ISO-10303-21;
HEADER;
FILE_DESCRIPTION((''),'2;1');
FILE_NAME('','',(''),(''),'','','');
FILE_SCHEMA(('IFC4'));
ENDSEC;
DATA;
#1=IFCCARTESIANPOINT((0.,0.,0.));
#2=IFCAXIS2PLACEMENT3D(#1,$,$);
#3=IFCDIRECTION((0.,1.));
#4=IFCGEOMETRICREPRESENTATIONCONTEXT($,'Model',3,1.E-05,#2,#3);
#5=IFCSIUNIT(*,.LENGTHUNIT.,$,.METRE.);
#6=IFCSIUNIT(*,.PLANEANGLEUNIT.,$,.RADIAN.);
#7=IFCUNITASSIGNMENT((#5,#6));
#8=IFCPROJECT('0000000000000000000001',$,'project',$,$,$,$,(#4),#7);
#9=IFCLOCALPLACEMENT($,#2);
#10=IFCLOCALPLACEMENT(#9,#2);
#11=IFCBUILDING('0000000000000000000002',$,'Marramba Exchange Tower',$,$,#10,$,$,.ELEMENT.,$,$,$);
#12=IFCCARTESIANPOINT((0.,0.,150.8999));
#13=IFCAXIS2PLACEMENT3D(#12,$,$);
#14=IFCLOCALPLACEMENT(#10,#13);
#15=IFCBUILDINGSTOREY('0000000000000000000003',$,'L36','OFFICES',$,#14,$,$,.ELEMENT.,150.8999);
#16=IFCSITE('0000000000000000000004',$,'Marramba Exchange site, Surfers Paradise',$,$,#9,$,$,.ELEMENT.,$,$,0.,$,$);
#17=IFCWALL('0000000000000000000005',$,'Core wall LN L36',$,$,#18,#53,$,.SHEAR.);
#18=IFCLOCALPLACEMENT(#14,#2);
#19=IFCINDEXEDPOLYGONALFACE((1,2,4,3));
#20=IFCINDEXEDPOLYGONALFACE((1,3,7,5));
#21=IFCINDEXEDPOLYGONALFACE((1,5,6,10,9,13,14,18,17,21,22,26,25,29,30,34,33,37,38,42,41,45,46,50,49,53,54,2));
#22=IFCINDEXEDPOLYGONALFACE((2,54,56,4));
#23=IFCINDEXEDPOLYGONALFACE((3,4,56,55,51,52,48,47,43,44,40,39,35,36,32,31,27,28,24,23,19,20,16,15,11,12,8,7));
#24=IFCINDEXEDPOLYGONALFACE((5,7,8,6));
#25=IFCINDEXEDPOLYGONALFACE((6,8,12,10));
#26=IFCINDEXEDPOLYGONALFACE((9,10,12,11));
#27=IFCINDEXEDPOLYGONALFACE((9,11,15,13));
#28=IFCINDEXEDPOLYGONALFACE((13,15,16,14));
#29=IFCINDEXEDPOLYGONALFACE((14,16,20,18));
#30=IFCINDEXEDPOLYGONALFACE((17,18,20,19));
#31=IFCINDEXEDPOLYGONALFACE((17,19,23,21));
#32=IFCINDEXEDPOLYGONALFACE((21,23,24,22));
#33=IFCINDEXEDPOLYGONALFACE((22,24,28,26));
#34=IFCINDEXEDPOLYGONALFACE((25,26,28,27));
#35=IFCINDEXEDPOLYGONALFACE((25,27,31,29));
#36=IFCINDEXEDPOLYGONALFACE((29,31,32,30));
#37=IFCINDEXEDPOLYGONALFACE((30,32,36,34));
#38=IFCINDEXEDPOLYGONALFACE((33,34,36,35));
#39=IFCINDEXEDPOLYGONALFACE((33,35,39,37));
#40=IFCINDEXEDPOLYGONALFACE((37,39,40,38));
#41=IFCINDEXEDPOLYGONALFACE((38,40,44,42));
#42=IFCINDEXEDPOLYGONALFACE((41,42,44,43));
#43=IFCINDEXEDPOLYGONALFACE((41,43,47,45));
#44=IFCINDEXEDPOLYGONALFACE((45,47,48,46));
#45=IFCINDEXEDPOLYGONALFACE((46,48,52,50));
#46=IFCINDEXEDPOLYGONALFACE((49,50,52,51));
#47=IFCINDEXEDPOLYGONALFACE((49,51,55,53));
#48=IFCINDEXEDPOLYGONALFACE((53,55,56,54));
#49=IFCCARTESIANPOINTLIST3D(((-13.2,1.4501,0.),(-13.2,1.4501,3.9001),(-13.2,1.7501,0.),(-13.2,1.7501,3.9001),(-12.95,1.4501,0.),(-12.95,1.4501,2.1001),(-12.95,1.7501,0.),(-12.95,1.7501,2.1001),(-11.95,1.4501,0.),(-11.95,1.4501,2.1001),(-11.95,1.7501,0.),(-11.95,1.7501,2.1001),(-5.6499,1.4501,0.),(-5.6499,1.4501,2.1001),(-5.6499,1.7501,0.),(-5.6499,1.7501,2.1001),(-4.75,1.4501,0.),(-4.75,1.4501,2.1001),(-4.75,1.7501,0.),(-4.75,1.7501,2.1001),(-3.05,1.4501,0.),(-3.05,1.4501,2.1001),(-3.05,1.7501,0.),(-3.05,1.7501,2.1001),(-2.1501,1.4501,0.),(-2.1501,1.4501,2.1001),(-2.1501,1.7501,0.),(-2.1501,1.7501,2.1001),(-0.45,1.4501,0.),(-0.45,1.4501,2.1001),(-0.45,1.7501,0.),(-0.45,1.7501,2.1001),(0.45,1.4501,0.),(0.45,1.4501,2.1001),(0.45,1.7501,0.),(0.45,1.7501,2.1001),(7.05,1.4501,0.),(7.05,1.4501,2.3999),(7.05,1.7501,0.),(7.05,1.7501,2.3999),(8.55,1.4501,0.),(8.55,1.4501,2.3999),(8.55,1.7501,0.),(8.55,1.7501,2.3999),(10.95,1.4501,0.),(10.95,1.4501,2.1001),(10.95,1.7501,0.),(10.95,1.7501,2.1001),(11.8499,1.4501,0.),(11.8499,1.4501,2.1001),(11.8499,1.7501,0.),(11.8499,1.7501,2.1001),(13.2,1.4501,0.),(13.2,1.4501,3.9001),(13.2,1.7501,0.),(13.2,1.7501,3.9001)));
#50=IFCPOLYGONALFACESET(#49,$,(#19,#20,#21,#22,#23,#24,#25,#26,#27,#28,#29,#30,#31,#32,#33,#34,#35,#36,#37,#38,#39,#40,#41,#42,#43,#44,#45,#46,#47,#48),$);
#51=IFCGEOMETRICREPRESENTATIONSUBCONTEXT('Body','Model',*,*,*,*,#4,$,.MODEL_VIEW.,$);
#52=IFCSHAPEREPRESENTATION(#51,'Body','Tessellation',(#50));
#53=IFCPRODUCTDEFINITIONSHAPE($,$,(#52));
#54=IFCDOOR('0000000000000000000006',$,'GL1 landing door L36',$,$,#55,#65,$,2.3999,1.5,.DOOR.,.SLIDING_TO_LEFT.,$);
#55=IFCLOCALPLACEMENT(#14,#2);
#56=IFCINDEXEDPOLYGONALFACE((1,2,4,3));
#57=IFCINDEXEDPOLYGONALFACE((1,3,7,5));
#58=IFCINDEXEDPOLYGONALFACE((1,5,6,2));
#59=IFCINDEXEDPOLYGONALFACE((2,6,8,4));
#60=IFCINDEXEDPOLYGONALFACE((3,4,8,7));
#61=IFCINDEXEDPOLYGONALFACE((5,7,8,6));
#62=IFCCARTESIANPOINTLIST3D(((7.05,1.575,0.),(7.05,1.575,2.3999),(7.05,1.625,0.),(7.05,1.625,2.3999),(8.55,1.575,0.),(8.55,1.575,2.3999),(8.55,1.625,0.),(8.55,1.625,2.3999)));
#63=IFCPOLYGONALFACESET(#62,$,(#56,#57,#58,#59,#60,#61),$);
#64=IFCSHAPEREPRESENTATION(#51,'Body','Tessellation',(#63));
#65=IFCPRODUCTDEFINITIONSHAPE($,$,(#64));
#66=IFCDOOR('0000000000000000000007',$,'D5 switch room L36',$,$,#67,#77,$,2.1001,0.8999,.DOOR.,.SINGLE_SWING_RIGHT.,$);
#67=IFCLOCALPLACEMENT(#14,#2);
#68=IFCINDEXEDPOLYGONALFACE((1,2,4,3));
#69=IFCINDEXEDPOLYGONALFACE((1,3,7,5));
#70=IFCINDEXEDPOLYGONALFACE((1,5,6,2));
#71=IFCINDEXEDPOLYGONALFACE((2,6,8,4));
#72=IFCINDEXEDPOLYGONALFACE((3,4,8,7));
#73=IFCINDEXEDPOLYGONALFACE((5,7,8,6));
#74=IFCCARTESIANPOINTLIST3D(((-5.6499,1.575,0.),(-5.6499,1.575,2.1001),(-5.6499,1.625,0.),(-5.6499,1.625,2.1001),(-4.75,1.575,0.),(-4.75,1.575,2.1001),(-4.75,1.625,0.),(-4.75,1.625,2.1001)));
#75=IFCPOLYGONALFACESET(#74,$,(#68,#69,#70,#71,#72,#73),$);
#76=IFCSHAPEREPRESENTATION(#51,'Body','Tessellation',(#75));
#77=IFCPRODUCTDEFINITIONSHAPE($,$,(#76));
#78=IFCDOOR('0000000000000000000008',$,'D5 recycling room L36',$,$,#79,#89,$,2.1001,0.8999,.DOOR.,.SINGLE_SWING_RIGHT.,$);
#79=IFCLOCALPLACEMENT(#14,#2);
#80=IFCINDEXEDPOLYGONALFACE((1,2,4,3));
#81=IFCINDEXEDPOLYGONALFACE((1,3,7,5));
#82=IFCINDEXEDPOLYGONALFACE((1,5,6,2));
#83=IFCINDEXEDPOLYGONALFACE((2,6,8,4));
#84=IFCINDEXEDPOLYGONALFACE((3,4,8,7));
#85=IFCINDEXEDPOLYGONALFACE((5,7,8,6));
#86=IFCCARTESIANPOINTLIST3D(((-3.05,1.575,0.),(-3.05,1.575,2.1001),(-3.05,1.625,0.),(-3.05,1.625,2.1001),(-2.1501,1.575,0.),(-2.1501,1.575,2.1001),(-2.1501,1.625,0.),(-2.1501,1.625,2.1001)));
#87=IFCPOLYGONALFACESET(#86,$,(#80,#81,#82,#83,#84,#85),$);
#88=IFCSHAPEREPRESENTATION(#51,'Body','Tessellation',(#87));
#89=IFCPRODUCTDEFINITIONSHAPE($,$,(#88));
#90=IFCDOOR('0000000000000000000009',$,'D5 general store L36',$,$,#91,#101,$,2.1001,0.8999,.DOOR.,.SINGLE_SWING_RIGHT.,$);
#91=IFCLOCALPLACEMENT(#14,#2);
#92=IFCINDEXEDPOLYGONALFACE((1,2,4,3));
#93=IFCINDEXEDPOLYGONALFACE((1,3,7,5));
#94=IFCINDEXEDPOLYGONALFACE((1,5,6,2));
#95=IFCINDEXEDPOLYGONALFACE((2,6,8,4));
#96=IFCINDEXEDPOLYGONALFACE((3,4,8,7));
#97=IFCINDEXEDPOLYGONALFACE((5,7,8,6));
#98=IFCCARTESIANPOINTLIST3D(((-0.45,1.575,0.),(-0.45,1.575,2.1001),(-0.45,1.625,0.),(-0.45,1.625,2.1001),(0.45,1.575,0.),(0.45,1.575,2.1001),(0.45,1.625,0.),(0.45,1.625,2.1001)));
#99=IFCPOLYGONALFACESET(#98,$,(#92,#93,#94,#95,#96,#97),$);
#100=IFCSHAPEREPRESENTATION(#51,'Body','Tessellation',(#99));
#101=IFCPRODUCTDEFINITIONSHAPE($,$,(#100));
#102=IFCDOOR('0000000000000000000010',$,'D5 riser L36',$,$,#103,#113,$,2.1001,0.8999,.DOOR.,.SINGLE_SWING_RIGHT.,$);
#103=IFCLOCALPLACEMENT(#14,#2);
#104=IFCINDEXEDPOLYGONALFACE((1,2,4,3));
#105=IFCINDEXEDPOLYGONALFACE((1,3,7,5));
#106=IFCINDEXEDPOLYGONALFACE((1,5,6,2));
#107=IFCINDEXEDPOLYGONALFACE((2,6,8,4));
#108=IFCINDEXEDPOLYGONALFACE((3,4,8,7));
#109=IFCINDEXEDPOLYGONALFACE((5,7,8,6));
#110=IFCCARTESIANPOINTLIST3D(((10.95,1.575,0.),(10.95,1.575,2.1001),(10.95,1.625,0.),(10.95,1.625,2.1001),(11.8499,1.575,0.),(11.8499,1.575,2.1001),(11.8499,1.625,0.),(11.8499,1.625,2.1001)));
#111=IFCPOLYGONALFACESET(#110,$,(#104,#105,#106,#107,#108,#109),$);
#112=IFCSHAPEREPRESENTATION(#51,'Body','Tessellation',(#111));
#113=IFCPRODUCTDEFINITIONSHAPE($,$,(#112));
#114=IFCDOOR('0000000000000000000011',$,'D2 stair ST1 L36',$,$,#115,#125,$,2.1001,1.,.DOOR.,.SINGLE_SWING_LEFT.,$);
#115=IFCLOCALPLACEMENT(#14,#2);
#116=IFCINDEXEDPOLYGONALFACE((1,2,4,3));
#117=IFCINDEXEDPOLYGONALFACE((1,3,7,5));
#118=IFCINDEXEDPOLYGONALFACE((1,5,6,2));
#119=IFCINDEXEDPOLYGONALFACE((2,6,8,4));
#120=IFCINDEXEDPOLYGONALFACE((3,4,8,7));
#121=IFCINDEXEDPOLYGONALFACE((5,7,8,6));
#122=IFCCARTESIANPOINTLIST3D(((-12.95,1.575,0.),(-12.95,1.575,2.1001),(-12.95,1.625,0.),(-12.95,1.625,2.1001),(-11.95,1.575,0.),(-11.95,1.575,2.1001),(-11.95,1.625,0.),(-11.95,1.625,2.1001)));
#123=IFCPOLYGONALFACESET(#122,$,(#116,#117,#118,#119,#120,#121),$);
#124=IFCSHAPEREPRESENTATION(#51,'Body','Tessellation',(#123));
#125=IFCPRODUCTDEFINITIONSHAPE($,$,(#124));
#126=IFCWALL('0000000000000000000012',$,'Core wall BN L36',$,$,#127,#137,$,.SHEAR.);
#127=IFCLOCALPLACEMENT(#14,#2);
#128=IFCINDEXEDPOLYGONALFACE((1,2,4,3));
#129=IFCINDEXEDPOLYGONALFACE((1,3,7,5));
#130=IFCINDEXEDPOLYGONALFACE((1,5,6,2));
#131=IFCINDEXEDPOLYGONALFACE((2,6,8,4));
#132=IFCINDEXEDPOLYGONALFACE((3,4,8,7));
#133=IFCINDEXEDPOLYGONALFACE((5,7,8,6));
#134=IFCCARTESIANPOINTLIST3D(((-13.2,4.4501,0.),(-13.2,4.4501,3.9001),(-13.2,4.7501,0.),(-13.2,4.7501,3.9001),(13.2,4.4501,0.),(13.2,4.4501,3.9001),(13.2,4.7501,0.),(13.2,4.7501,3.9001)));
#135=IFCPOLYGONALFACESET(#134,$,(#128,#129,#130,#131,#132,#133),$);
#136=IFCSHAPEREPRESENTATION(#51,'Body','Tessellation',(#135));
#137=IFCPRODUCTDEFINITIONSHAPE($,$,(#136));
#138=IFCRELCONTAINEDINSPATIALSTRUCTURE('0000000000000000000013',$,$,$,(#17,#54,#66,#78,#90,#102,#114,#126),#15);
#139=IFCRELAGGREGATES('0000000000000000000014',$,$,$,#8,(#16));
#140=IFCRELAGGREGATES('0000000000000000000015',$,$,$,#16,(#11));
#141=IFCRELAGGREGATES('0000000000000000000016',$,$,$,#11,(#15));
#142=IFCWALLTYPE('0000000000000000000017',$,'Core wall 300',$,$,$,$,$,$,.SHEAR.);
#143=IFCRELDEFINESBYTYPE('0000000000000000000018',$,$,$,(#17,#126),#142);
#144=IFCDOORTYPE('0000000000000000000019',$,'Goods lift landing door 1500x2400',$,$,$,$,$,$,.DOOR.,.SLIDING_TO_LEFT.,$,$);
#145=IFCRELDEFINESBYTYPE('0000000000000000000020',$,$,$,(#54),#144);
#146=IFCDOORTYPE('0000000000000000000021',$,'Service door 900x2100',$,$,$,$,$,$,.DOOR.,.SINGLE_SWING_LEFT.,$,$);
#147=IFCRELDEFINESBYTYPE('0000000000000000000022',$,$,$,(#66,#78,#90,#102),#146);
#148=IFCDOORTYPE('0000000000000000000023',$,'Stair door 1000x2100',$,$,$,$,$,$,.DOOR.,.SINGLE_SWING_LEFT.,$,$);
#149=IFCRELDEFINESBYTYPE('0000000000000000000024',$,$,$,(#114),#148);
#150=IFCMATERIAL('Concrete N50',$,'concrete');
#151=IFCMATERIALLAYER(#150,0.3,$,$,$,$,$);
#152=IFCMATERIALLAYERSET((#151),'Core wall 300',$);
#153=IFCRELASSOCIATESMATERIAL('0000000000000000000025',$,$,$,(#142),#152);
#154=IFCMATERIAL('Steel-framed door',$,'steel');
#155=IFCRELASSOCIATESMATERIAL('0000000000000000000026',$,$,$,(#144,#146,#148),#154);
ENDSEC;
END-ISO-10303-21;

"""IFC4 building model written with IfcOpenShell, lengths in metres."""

from ifc_helpers import new_model, si_unit, direction, frame, frame_2d, origin, place, context, subcontext, project, spatial, rectangle, extrude, material, layer, layer_set, type_object, element, fill, save


model = new_model("IFC4")

# Units and contexts
model_context = context("Model", 3, precision=1e-05, world=origin(), true_north=direction((0.0, 1.0)))
body_context = subcontext(model_context, "Body", "Model", "MODEL_VIEW")
ifc_project = project(units=[si_unit("LENGTHUNIT", "METRE"), si_unit("PLANEANGLEUNIT", "RADIAN")], contexts=[model_context])

# Site, building, storey
site_placement = place(None, origin())
site = spatial("IfcSite", under=ifc_project, at=site_placement, Name="Marramba Exchange site, Surfers Paradise", CompositionType="ELEMENT", RefElevation=0.0)
building_placement = place(site_placement, origin())
building = spatial("IfcBuilding", under=site, at=building_placement, Name="Marramba Exchange Tower", CompositionType="ELEMENT")
storey_placement = place(building_placement, frame((0.0, 0.0, 150.8999)))
storey = spatial("IfcBuildingStorey", under=building, at=storey_placement, Name="L36", Description="OFFICES", CompositionType="ELEMENT", Elevation=150.8999)

# Shared definitions
ifc_material_1 = material(Name="Concrete N50", Category="concrete")

# Wall, openings, doors
ifc_layer_1 = layer(ifc_material_1, 0.3)
ifc_layer_set_1 = layer_set([ifc_layer_1], Name="Core wall 300")
wall_type_1 = type_object("IfcWallType", Name="Core wall 300", PredefinedType="SHEAR", material=ifc_layer_set_1)
wall_1_placement = place(storey_placement, frame((-13.2, 1.6001, 0.0), z_axis=(0.0, 0.0, 1.0), x_axis=(1.0, 0.0, 0.0)))
wall_1 = element("IfcWall", 1, at=wall_1_placement, inside=storey, type_object=wall_type_1, Name="Core wall LN L36", PredefinedType="SHEAR", context=body_context, shape_type="SweptSolid", body=[
    extrude(rectangle(XDim=26.3999, YDim=0.3, at=frame_2d((13.2, 0.0))), origin(), (0.0, 0.0, 1.0), 3.9001),
])
opening_1_placement = place(wall_1_placement, frame((0.25, 0.0, 0.0)))
opening_1 = element("IfcOpeningElement", 2, at=opening_1_placement, cuts=wall_1, PredefinedType="OPENING", context=body_context, shape_type="SweptSolid", body=[
    extrude(rectangle(XDim=1.0, YDim=2.1001, at=frame_2d((0.5, 1.05))), frame((0.0, 0.1599, 0.0), z_axis=(0.0, -1.0, 0.0), x_axis=(1.0, 0.0, 0.0)), (0.0, 0.0, 1.0), 0.3201),
])
opening_2_placement = place(wall_1_placement, frame((20.25, 0.0, 0.0)))
opening_2 = element("IfcOpeningElement", 3, at=opening_2_placement, cuts=wall_1, PredefinedType="OPENING", context=body_context, shape_type="SweptSolid", body=[
    extrude(rectangle(XDim=1.5, YDim=2.3999, at=frame_2d((0.75, 1.2))), frame((0.0, 0.1599, 0.0), z_axis=(0.0, -1.0, 0.0), x_axis=(1.0, 0.0, 0.0)), (0.0, 0.0, 1.0), 0.3201),
])
opening_3_placement = place(wall_1_placement, frame((7.55, 0.0, 0.0)))
opening_3 = element("IfcOpeningElement", 4, at=opening_3_placement, cuts=wall_1, PredefinedType="OPENING", context=body_context, shape_type="SweptSolid", body=[
    extrude(rectangle(XDim=0.8999, YDim=2.1001, at=frame_2d((0.45, 1.05))), frame((0.0, 0.1599, 0.0), z_axis=(0.0, -1.0, 0.0), x_axis=(1.0, 0.0, 0.0)), (0.0, 0.0, 1.0), 0.3201),
])
opening_4_placement = place(wall_1_placement, frame((10.1499, 0.0, 0.0)))
opening_4 = element("IfcOpeningElement", 5, at=opening_4_placement, cuts=wall_1, PredefinedType="OPENING", context=body_context, shape_type="SweptSolid", body=[
    extrude(rectangle(XDim=0.8999, YDim=2.1001, at=frame_2d((0.45, 1.05))), frame((0.0, 0.1599, 0.0), z_axis=(0.0, -1.0, 0.0), x_axis=(1.0, 0.0, 0.0)), (0.0, 0.0, 1.0), 0.3201),
])
opening_5_placement = place(wall_1_placement, frame((12.75, 0.0, 0.0)))
opening_5 = element("IfcOpeningElement", 6, at=opening_5_placement, cuts=wall_1, PredefinedType="OPENING", context=body_context, shape_type="SweptSolid", body=[
    extrude(rectangle(XDim=0.8999, YDim=2.1001, at=frame_2d((0.45, 1.05))), frame((0.0, 0.1599, 0.0), z_axis=(0.0, -1.0, 0.0), x_axis=(1.0, 0.0, 0.0)), (0.0, 0.0, 1.0), 0.3201),
])
opening_6_placement = place(wall_1_placement, frame((24.1499, 0.0, 0.0)))
opening_6 = element("IfcOpeningElement", 7, at=opening_6_placement, cuts=wall_1, PredefinedType="OPENING", context=body_context, shape_type="SweptSolid", body=[
    extrude(rectangle(XDim=0.8999, YDim=2.1001, at=frame_2d((0.45, 1.05))), frame((0.0, 0.1599, 0.0), z_axis=(0.0, -1.0, 0.0), x_axis=(1.0, 0.0, 0.0)), (0.0, 0.0, 1.0), 0.3201),
])
ifc_material_2 = material(Name="Steel-framed door", Category="steel")
door_type_1 = type_object("IfcDoorType", Name="Goods lift landing door 1500x2400", OperationType="SLIDING_TO_LEFT", PredefinedType="DOOR", material=ifc_material_2)
door_1_placement = place(opening_2_placement, origin())
door_1 = element("IfcDoor", 8, at=door_1_placement, inside=storey, type_object=door_type_1, Name="GL1 landing door L36", OperationType="SLIDING_TO_LEFT", OverallHeight=2.3999, OverallWidth=1.5, PredefinedType="DOOR", context=body_context, shape_type="SweptSolid", body=[
    extrude(rectangle(XDim=1.5, YDim=2.3999, at=frame_2d((0.75, 1.2))), frame((0.0, 0.0249, 0.0), z_axis=(0.0, -1.0, 0.0), x_axis=(1.0, 0.0, 0.0)), (0.0, 0.0, 1.0), 0.05),
])
fill(opening_2, door_1)
door_type_2 = type_object("IfcDoorType", Name="Service door 900x2100", OperationType="SINGLE_SWING_LEFT", PredefinedType="DOOR", material=ifc_material_2)
door_2_placement = place(opening_3_placement, origin())
door_2 = element("IfcDoor", 9, at=door_2_placement, inside=storey, type_object=door_type_2, Name="D5 switch room L36", OperationType="SINGLE_SWING_RIGHT", OverallHeight=2.1001, OverallWidth=0.8999, PredefinedType="DOOR", context=body_context, shape_type="SweptSolid", body=[
    extrude(rectangle(XDim=0.8999, YDim=2.1001, at=frame_2d((0.45, 1.05))), frame((0.0, 0.0249, 0.0), z_axis=(0.0, -1.0, 0.0), x_axis=(1.0, 0.0, 0.0)), (0.0, 0.0, 1.0), 0.05),
])
fill(opening_3, door_2)
door_3_placement = place(opening_4_placement, origin())
door_3 = element("IfcDoor", 10, at=door_3_placement, inside=storey, type_object=door_type_2, Name="D5 recycling room L36", OperationType="SINGLE_SWING_RIGHT", OverallHeight=2.1001, OverallWidth=0.8999, PredefinedType="DOOR", context=body_context, shape_type="SweptSolid", body=[
    extrude(rectangle(XDim=0.8999, YDim=2.1001, at=frame_2d((0.45, 1.05))), frame((0.0, 0.0249, 0.0), z_axis=(0.0, -1.0, 0.0), x_axis=(1.0, 0.0, 0.0)), (0.0, 0.0, 1.0), 0.05),
])
fill(opening_4, door_3)
door_4_placement = place(opening_5_placement, origin())
door_4 = element("IfcDoor", 11, at=door_4_placement, inside=storey, type_object=door_type_2, Name="D5 general store L36", OperationType="SINGLE_SWING_RIGHT", OverallHeight=2.1001, OverallWidth=0.8999, PredefinedType="DOOR", context=body_context, shape_type="SweptSolid", body=[
    extrude(rectangle(XDim=0.8999, YDim=2.1001, at=frame_2d((0.45, 1.05))), frame((0.0, 0.0249, 0.0), z_axis=(0.0, -1.0, 0.0), x_axis=(1.0, 0.0, 0.0)), (0.0, 0.0, 1.0), 0.05),
])
fill(opening_5, door_4)
door_5_placement = place(opening_6_placement, origin())
door_5 = element("IfcDoor", 12, at=door_5_placement, inside=storey, type_object=door_type_2, Name="D5 riser L36", OperationType="SINGLE_SWING_RIGHT", OverallHeight=2.1001, OverallWidth=0.8999, PredefinedType="DOOR", context=body_context, shape_type="SweptSolid", body=[
    extrude(rectangle(XDim=0.8999, YDim=2.1001, at=frame_2d((0.45, 1.05))), frame((0.0, 0.0249, 0.0), z_axis=(0.0, -1.0, 0.0), x_axis=(1.0, 0.0, 0.0)), (0.0, 0.0, 1.0), 0.05),
])
fill(opening_6, door_5)
door_type_3 = type_object("IfcDoorType", Name="Stair door 1000x2100", OperationType="SINGLE_SWING_LEFT", PredefinedType="DOOR", material=ifc_material_2)
door_6_placement = place(opening_1_placement, origin())
door_6 = element("IfcDoor", 13, at=door_6_placement, inside=storey, type_object=door_type_3, Name="D2 stair ST1 L36", OperationType="SINGLE_SWING_LEFT", OverallHeight=2.1001, OverallWidth=1.0, PredefinedType="DOOR", context=body_context, shape_type="SweptSolid", body=[
    extrude(rectangle(XDim=1.0, YDim=2.1001, at=frame_2d((0.5, 1.05))), frame((0.0, 0.0249, 0.0), z_axis=(0.0, -1.0, 0.0), x_axis=(1.0, 0.0, 0.0)), (0.0, 0.0, 1.0), 0.05),
])
fill(opening_1, door_6)

# Wall
wall_2_placement = place(storey_placement, frame((-13.2, 4.6001, 0.0), z_axis=(0.0, 0.0, 1.0), x_axis=(1.0, 0.0, 0.0)))
element("IfcWall", 14, at=wall_2_placement, inside=storey, type_object=wall_type_1, Name="Core wall BN L36", PredefinedType="SHEAR", context=body_context, shape_type="SweptSolid", body=[
    extrude(rectangle(XDim=26.3999, YDim=0.3, at=frame_2d((13.2, 0.0))), origin(), (0.0, 0.0, 1.0), 3.9001),
])

save(model, "model.ifc")
